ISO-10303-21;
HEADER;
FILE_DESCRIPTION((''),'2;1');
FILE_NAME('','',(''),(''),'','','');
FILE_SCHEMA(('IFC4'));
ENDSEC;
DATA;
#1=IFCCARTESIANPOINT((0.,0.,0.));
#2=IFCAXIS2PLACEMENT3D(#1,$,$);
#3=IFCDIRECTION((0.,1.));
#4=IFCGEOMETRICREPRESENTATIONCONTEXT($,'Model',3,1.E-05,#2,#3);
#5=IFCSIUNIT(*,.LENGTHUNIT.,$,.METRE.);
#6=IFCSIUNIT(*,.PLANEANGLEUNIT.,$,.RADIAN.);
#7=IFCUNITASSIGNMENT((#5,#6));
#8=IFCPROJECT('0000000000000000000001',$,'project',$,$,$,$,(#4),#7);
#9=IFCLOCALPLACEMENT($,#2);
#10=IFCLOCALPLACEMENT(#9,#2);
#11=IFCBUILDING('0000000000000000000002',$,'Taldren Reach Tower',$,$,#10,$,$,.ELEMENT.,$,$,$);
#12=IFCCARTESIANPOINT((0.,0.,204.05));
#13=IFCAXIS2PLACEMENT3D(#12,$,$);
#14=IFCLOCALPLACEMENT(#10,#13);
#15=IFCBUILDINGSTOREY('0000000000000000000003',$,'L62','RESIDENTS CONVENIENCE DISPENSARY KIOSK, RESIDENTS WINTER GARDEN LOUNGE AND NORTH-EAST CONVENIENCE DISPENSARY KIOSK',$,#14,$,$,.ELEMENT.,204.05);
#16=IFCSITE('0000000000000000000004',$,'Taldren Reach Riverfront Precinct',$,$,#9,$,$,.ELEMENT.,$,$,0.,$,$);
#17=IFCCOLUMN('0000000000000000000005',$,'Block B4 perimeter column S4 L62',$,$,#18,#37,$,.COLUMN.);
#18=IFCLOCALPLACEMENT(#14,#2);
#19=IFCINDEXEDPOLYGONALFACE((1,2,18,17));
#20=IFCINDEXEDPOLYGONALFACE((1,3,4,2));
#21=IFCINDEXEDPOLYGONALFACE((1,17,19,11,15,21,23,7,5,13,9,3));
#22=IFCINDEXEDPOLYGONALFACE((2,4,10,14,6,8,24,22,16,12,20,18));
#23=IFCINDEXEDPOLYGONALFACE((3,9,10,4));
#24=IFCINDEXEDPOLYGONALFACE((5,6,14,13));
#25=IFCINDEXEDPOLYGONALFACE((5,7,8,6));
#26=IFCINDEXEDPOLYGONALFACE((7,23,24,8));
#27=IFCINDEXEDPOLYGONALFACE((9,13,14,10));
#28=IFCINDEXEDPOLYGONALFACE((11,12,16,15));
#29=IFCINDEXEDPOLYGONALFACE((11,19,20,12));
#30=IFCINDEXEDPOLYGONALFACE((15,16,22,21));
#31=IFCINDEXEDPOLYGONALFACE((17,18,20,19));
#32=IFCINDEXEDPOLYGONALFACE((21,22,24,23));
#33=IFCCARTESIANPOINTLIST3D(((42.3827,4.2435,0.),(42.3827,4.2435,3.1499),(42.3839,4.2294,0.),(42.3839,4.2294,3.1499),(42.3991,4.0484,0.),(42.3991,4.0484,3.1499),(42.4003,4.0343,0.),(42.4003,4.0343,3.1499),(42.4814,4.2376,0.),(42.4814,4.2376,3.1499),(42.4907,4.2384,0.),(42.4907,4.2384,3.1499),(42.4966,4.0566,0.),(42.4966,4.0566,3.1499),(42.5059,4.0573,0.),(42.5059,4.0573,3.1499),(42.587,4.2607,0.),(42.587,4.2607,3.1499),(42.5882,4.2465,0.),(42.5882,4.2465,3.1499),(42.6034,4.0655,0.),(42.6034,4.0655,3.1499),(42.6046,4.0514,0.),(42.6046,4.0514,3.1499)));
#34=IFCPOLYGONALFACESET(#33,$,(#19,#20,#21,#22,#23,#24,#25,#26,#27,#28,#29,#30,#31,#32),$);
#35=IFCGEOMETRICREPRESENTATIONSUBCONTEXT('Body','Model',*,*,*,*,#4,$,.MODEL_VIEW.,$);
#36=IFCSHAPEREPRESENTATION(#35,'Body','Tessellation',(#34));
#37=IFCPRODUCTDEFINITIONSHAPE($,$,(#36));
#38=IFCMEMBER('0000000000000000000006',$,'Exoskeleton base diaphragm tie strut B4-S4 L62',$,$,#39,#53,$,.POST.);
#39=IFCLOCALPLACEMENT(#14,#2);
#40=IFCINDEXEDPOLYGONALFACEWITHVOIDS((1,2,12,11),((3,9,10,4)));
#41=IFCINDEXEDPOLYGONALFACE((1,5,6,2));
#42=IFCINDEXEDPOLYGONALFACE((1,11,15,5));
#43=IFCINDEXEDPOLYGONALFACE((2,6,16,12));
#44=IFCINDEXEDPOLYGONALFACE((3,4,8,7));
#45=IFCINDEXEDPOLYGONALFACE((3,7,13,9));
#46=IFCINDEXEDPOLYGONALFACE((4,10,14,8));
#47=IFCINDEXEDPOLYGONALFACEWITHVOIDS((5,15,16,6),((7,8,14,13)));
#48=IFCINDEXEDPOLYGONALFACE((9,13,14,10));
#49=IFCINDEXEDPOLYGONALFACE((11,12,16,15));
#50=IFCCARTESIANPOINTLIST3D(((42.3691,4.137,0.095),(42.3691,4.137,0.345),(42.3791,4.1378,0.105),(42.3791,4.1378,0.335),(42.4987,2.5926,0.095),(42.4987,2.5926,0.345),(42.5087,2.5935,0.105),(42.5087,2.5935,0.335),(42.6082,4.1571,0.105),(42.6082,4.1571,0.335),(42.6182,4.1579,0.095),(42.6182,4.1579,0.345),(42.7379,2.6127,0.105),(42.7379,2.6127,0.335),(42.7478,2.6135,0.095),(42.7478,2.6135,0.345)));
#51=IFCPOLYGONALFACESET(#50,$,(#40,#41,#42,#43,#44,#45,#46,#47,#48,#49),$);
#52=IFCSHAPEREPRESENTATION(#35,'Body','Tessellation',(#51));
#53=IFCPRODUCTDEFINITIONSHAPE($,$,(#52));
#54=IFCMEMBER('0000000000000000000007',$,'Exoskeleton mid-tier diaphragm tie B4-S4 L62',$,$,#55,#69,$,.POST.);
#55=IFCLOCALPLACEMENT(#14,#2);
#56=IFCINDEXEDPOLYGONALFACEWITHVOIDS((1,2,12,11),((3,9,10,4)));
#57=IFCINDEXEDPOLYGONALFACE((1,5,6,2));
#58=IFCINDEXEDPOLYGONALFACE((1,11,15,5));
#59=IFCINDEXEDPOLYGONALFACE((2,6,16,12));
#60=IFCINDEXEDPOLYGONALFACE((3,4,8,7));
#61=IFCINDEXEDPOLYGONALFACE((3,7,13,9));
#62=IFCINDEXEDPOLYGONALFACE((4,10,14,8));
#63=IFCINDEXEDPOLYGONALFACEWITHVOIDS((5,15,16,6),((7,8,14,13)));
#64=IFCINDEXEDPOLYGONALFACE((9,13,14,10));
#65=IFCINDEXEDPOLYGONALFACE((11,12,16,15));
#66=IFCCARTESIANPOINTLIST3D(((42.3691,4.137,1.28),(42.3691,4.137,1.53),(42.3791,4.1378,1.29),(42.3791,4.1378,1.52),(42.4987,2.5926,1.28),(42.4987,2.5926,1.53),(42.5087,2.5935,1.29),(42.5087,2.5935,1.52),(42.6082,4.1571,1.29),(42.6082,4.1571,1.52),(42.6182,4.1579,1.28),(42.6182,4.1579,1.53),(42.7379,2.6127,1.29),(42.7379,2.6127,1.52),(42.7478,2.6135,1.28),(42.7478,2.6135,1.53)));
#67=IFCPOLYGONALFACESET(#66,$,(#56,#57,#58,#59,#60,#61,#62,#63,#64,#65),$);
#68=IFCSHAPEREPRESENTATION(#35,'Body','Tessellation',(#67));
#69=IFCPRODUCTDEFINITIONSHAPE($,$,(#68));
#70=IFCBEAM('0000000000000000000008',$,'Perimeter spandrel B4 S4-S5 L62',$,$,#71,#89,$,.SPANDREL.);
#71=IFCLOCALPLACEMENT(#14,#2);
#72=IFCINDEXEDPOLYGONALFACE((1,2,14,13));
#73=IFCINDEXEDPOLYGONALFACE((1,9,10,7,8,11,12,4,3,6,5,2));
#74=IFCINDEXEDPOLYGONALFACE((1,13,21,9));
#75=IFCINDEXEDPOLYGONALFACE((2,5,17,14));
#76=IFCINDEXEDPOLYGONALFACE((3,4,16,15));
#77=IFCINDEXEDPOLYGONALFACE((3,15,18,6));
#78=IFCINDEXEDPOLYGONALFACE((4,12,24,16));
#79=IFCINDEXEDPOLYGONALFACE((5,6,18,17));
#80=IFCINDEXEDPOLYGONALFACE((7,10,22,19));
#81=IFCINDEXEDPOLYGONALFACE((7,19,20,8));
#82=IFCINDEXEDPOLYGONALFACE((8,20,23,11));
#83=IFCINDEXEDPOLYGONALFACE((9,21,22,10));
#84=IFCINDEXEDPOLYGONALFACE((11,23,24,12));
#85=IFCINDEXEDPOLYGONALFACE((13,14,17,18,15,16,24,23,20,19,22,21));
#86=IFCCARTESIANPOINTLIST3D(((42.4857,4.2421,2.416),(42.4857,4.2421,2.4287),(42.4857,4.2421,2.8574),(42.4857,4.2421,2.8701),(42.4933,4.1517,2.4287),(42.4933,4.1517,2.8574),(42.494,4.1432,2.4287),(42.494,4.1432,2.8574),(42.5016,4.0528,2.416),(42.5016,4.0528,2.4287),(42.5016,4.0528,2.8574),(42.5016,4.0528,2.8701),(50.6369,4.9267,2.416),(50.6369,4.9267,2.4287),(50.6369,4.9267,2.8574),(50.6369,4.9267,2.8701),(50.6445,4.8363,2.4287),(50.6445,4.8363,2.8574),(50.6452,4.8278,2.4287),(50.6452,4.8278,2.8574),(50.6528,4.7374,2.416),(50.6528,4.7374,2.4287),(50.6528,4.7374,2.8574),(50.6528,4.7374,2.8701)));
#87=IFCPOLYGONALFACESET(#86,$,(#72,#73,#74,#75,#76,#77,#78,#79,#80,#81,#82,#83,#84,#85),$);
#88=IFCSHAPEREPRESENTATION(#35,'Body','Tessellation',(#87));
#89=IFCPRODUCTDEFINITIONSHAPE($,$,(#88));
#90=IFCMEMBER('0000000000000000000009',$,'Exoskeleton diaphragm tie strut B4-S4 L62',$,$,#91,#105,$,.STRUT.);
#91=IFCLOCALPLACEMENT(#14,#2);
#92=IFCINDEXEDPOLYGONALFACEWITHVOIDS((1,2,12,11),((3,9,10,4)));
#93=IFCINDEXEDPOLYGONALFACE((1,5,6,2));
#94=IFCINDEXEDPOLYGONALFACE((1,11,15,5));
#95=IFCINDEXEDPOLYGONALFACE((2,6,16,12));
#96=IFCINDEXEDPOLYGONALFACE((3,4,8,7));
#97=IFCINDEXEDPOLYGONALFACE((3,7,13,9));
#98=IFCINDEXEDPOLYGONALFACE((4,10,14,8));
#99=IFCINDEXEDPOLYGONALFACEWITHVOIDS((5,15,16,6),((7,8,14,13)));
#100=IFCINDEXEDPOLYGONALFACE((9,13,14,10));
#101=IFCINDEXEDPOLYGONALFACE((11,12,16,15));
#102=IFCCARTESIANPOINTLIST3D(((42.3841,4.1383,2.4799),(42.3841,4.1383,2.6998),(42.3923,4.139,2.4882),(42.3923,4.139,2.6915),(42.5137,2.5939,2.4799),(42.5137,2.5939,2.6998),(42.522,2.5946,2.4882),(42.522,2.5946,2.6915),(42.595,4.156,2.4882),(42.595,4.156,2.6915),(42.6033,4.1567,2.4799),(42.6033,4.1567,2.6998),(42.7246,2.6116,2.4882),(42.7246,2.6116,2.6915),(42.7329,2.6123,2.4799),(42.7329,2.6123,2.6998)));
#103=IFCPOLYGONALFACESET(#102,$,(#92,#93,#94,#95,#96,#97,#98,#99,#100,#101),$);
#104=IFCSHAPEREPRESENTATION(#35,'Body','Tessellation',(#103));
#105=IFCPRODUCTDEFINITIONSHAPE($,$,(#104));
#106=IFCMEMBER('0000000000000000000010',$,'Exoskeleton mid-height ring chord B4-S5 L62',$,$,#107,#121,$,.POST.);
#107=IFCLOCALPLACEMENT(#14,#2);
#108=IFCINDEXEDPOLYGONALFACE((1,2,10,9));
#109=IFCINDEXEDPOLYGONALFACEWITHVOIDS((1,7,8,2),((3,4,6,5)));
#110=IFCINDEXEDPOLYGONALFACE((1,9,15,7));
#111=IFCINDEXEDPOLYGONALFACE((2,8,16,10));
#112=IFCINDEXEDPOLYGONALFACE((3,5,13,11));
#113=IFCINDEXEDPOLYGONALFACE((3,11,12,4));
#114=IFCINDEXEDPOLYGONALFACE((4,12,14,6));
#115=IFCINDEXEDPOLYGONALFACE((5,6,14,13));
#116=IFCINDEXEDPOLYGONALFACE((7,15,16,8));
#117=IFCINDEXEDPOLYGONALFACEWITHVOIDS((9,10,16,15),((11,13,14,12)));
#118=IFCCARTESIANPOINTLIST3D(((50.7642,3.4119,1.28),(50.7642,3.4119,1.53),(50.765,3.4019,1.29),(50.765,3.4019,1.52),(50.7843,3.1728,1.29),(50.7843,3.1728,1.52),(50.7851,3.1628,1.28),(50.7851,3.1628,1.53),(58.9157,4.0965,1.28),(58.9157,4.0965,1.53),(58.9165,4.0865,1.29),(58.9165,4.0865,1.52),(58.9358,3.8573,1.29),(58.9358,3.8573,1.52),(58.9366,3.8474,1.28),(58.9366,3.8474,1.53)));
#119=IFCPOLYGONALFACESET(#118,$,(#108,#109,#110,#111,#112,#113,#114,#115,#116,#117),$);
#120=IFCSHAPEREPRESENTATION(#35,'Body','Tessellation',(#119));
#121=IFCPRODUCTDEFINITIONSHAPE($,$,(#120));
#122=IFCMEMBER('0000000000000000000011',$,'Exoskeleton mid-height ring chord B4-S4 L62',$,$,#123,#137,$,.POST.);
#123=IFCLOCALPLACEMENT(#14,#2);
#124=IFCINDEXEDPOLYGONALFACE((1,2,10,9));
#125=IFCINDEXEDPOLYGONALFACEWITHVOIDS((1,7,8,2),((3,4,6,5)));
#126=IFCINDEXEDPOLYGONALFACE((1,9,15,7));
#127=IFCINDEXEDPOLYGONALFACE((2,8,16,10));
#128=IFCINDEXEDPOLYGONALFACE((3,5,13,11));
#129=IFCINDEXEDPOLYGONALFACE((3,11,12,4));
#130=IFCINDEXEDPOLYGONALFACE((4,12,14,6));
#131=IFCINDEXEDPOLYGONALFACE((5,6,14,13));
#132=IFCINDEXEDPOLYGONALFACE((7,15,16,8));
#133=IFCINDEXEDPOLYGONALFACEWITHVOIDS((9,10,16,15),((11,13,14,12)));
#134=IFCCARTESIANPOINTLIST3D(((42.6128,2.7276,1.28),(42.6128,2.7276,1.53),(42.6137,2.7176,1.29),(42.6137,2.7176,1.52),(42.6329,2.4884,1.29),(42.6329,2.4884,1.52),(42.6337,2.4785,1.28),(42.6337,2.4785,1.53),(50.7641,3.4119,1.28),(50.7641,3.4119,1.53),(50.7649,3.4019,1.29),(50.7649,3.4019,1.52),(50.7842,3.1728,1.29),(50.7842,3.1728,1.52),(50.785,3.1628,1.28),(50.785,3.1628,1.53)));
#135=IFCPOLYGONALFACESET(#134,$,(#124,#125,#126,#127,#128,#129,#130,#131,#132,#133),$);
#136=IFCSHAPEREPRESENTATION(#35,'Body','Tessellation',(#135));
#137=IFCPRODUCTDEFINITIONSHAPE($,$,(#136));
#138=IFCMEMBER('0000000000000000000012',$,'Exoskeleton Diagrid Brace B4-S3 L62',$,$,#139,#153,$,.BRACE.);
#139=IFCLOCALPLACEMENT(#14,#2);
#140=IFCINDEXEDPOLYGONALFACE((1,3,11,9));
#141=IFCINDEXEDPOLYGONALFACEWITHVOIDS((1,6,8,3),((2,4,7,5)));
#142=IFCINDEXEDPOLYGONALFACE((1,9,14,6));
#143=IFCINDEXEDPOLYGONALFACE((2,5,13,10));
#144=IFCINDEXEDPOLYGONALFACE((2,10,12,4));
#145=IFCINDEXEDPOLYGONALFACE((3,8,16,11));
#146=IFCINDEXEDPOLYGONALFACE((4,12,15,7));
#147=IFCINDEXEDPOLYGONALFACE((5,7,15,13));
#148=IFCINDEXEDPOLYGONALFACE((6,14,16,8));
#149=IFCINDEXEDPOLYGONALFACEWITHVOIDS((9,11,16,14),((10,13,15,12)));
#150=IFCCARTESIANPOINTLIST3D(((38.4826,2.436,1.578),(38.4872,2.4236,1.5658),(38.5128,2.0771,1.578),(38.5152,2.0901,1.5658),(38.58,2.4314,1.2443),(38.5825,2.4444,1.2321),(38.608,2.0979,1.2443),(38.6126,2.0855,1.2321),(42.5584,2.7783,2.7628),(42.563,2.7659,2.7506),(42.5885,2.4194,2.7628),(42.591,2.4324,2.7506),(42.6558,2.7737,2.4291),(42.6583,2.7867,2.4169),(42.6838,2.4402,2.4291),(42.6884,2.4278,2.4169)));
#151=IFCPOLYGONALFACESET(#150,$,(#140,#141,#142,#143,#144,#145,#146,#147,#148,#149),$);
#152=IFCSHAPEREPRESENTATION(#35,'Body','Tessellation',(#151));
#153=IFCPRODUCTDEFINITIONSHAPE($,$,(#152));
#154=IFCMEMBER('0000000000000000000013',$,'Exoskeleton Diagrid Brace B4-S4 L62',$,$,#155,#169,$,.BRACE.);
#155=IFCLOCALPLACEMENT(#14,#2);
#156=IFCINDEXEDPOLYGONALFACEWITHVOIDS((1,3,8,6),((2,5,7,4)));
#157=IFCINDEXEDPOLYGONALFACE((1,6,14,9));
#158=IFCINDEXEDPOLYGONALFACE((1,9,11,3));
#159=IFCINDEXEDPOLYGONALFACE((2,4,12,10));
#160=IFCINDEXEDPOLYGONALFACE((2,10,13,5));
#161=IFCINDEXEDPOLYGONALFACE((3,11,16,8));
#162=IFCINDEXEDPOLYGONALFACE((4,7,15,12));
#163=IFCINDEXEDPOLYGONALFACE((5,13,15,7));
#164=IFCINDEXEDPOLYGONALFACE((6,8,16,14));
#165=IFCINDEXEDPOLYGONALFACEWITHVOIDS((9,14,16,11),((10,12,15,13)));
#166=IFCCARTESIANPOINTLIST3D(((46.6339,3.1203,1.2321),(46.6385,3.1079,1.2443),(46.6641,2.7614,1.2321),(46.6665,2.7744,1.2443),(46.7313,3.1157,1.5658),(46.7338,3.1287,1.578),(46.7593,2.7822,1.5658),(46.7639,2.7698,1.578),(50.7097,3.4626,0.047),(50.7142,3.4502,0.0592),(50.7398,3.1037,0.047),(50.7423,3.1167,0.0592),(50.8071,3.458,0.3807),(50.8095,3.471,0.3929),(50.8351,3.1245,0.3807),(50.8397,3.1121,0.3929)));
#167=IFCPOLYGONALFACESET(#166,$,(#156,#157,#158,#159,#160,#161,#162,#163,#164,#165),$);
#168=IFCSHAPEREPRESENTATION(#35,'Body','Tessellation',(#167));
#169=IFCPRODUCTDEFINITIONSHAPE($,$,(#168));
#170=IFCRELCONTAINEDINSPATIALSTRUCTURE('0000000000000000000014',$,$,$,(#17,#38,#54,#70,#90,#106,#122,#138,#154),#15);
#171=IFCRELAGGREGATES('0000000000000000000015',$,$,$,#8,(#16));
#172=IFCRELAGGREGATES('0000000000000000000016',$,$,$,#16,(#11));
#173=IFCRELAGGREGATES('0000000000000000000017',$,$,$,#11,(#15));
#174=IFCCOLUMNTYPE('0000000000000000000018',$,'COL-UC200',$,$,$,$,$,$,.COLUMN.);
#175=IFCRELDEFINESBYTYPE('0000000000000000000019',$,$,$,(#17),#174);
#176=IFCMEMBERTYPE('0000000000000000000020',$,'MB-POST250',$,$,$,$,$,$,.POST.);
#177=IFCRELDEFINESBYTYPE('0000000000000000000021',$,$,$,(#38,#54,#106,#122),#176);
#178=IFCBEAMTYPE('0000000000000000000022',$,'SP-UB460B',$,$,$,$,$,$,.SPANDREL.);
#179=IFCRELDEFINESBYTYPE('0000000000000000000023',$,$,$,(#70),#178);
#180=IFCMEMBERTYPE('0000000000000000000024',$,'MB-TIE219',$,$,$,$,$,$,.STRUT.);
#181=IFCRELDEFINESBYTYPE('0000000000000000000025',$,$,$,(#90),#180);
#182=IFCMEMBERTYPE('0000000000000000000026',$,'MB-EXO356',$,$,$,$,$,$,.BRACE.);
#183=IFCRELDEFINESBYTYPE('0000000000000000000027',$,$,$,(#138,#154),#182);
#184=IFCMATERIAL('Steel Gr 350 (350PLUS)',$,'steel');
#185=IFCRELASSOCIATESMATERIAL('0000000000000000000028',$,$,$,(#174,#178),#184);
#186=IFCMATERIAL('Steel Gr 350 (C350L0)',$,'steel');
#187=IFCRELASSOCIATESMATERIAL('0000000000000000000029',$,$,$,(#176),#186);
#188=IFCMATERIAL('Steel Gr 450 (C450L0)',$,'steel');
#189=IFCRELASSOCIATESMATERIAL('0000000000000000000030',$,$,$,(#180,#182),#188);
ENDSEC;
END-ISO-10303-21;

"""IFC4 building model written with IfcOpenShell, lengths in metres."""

from ifc_helpers import new_model, si_unit, direction, frame, origin, origin_2d, place, context, subcontext, project, spatial, hollow_rectangle, i_section, extrude, source, transform, mapped, material, material_profile, profile_set, type_object, element, save


model = new_model("IFC4")

# Units and contexts
model_context = context("Model", 3, precision=1e-05, world=origin(), true_north=direction((0.0, 1.0)))
body_context = subcontext(model_context, "Body", "Model", "MODEL_VIEW")
ifc_project = project(units=[si_unit("LENGTHUNIT", "METRE"), si_unit("PLANEANGLEUNIT", "RADIAN")], contexts=[model_context])

# Site, building, storey
site_placement = place(None, origin())
site = spatial("IfcSite", under=ifc_project, at=site_placement, Name="Taldren Reach Riverfront Precinct", CompositionType="ELEMENT", RefElevation=0.0)
building_placement = place(site_placement, origin())
building = spatial("IfcBuilding", under=site, at=building_placement, Name="Taldren Reach Tower", CompositionType="ELEMENT")
storey_placement = place(building_placement, frame((0.0, 0.0, 204.05)))
storey = spatial("IfcBuildingStorey", under=building, at=storey_placement, Name="L62", Description="RESIDENTS CONVENIENCE DISPENSARY KIOSK, RESIDENTS WINTER GARDEN LOUNGE AND NORTH-EAST CONVENIENCE DISPENSARY KIOSK", CompositionType="ELEMENT", Elevation=204.05)

# Column
ifc_material_1 = material(Name="Steel Gr 350 (350PLUS)", Category="steel")
ifc_material_profile_1 = material_profile(ifc_material_1, i_section(OverallWidth=0.2051, OverallDepth=0.21, WebThickness=0.0093, FlangeThickness=0.0142, at=origin_2d()), Name="200UC59.5")
ifc_profile_set_1 = profile_set([ifc_material_profile_1], Name="Steel Gr 350 (350PLUS)")
column_type = type_object("IfcColumnType", Name="COL-UC200", PredefinedType="COLUMN", material=ifc_profile_set_1)
shared_shape_1 = source(origin(), body_context, "Body", "SweptSolid", [
    extrude(i_section(OverallWidth=0.2051, OverallDepth=0.21, WebThickness=0.0093, FlangeThickness=0.0142, at=origin_2d()), origin(), (0.0, 0.0, 1.0), 3.1499),
])
column_placement = place(storey_placement, frame((42.4937, 4.1475, 0.0), z_axis=(0.0, 0.0, 1.0), x_axis=(0.996493, 0.083678, 0.0)))
element("IfcColumn", 1, at=column_placement, inside=storey, type_object=column_type, Name="Block B4 perimeter column S4 L62", PredefinedType="COLUMN", context=body_context, shape_type="MappedRepresentation", body=[
    mapped(shared_shape_1, transform((0.0, 0.0, 0.0), scale=1.0)),
])

# Members
ifc_material_2 = material(Name="Steel Gr 350 (C350L0)", Category="steel")
ifc_material_profile_2 = material_profile(ifc_material_2, hollow_rectangle(XDim=0.25, YDim=0.25, WallThickness=0.01, at=origin_2d()), Name="250x250x10.0SHS")
ifc_profile_set_2 = profile_set([ifc_material_profile_2], Name="Steel Gr 350 (C350L0)")
member_type_1 = type_object("IfcMemberType", Name="MB-POST250", PredefinedType="POST", material=ifc_profile_set_2)
shared_shape_2 = source(origin(), body_context, "Body", "SweptSolid", [
    extrude(hollow_rectangle(XDim=0.25, YDim=0.25, WallThickness=0.01, at=origin_2d()), origin(), (0.0, 0.0, 1.0), 1.5498),
])
for number, where, z_axis, x_axis, name in (
    (2, (42.4937, 4.1475, 0.22), (0.083645, -0.996496, 0.0), (0.996496, 0.083645, 0.0), "Exoskeleton base diaphragm tie strut B4-S4 L62"),
    (3, (42.4937, 4.1475, 1.405), (0.083645, -0.996496, 0.0), (0.996496, 0.083645, 0.0), "Exoskeleton mid-tier diaphragm tie B4-S4 L62"),
):
    element("IfcMember", number, at=place(storey_placement, frame(where, z_axis=z_axis, x_axis=x_axis)), inside=storey, type_object=member_type_1, Name=name, PredefinedType="POST", context=body_context, shape_type="MappedRepresentation", body=[
        mapped(shared_shape_2, transform((0.0, 0.0, 0.0), scale=1.0)),
    ])

# Beam
ifc_material_profile_3 = material_profile(ifc_material_1, i_section(OverallWidth=0.1899, OverallDepth=0.4541, WebThickness=0.0085, FlangeThickness=0.0127, at=origin_2d()), Name="460UB67.1")
ifc_profile_set_3 = profile_set([ifc_material_profile_3], Name="Steel Gr 350 (350PLUS)")
beam_type = type_object("IfcBeamType", Name="SP-UB460B", PredefinedType="SPANDREL", material=ifc_profile_set_3)
shared_shape_3 = source(origin(), body_context, "Body", "SweptSolid", [
    extrude(i_section(OverallWidth=0.1899, OverallDepth=0.4541, WebThickness=0.0085, FlangeThickness=0.0127, at=origin_2d()), origin(), (0.0, 0.0, 1.0), 8.1799),
])
beam_placement = place(storey_placement, frame((42.4937, 4.1475, 2.6431), z_axis=(0.996492, 0.08369, 0.0), x_axis=(-0.08369, 0.996492, 0.0)))
element("IfcBeam", 4, at=beam_placement, inside=storey, type_object=beam_type, Name="Perimeter spandrel B4 S4-S5 L62", PredefinedType="SPANDREL", context=body_context, shape_type="MappedRepresentation", body=[
    mapped(shared_shape_3, transform((0.0, 0.0, 0.0), scale=1.0)),
])

# Members
ifc_material_3 = material(Name="Steel Gr 450 (C450L0)", Category="steel")
ifc_material_profile_4 = material_profile(ifc_material_3, hollow_rectangle(XDim=0.22, YDim=0.22, WallThickness=0.0083, at=origin_2d()), Name="220x220x8.2SHS")
ifc_profile_set_4 = profile_set([ifc_material_profile_4], Name="Steel Gr 450 (C450L0)")
member_type_2 = type_object("IfcMemberType", Name="MB-TIE219", PredefinedType="STRUT", material=ifc_profile_set_4)
shared_shape_4 = source(origin(), body_context, "Body", "SweptSolid", [
    extrude(hollow_rectangle(XDim=0.22, YDim=0.22, WallThickness=0.0083, at=origin_2d()), origin(), (0.0, 0.0, 1.0), 1.5498),
])
member_1_placement = place(storey_placement, frame((42.4937, 4.1475, 2.5898), z_axis=(0.083645, -0.996496, 0.0), x_axis=(0.996496, 0.083645, 0.0)))
element("IfcMember", 5, at=member_1_placement, inside=storey, type_object=member_type_2, Name="Exoskeleton diaphragm tie strut B4-S4 L62", PredefinedType="STRUT", context=body_context, shape_type="MappedRepresentation", body=[
    mapped(shared_shape_4, transform((0.0, 0.0, 0.0), scale=1.0)),
])
shared_shape_5 = source(origin(), body_context, "Body", "SweptSolid", [
    extrude(hollow_rectangle(XDim=0.25, YDim=0.25, WallThickness=0.01, at=origin_2d()), origin(), (0.0, 0.0, 1.0), 8.1802),
])
member_2_placement = place(storey_placement, frame((50.7747, 3.2874, 1.405), z_axis=(0.996492, 0.083688, 0.0), x_axis=(-0.083688, 0.996492, 0.0)))
element("IfcMember", 6, at=member_2_placement, inside=storey, type_object=member_type_1, Name="Exoskeleton mid-height ring chord B4-S5 L62", PredefinedType="POST", context=body_context, shape_type="MappedRepresentation", body=[
    mapped(shared_shape_5, transform((0.0, 0.0, 0.0), scale=1.0)),
])
shared_shape_6 = source(origin(), body_context, "Body", "SweptSolid", [
    extrude(hollow_rectangle(XDim=0.25, YDim=0.25, WallThickness=0.01, at=origin_2d()), origin(), (0.0, 0.0, 1.0), 8.1799),
])
member_3_placement = place(storey_placement, frame((42.6233, 2.603, 1.405), z_axis=(0.996495, 0.083658, 0.0), x_axis=(-0.083658, 0.996495, 0.0)))
element("IfcMember", 7, at=member_3_placement, inside=storey, type_object=member_type_1, Name="Exoskeleton mid-height ring chord B4-S4 L62", PredefinedType="POST", context=body_context, shape_type="MappedRepresentation", body=[
    mapped(shared_shape_6, transform((0.0, 0.0, 0.0), scale=1.0)),
])
ifc_material_profile_5 = material_profile(ifc_material_3, hollow_rectangle(XDim=0.3601, YDim=0.3601, WallThickness=0.0127, at=origin_2d()), Name="360x360x12.7SHS")
ifc_profile_set_5 = profile_set([ifc_material_profile_5], Name="Steel Gr 450 (C450L0)")
member_type_3 = type_object("IfcMemberType", Name="MB-EXO356", PredefinedType="BRACE", material=ifc_profile_set_5)
shared_shape_7 = source(origin(), body_context, "Body", "SweptSolid", [
    extrude(hollow_rectangle(XDim=0.3601, YDim=0.3601, WallThickness=0.0127, at=origin_2d()), origin(), (0.0, 0.0, 1.0), 4.2583),
])
for number, where, z_axis, x_axis, name in (
    (8, (38.5476, 2.2607, 1.405), (0.957141, 0.080383, 0.278244), (-0.083688, 0.996492, 0.0), "Exoskeleton Diagrid Brace B4-S3 L62"),
    (9, (50.7747, 3.2874, 0.22), (-0.957126, -0.080382, 0.278297), (0.083688, -0.996492, 0.0), "Exoskeleton Diagrid Brace B4-S4 L62"),
):
    element("IfcMember", number, at=place(storey_placement, frame(where, z_axis=z_axis, x_axis=x_axis)), inside=storey, type_object=member_type_3, Name=name, PredefinedType="BRACE", context=body_context, shape_type="MappedRepresentation", body=[
        mapped(shared_shape_7, transform((0.0, 0.0, 0.0), scale=1.0)),
    ])

save(model, "model.ifc")
